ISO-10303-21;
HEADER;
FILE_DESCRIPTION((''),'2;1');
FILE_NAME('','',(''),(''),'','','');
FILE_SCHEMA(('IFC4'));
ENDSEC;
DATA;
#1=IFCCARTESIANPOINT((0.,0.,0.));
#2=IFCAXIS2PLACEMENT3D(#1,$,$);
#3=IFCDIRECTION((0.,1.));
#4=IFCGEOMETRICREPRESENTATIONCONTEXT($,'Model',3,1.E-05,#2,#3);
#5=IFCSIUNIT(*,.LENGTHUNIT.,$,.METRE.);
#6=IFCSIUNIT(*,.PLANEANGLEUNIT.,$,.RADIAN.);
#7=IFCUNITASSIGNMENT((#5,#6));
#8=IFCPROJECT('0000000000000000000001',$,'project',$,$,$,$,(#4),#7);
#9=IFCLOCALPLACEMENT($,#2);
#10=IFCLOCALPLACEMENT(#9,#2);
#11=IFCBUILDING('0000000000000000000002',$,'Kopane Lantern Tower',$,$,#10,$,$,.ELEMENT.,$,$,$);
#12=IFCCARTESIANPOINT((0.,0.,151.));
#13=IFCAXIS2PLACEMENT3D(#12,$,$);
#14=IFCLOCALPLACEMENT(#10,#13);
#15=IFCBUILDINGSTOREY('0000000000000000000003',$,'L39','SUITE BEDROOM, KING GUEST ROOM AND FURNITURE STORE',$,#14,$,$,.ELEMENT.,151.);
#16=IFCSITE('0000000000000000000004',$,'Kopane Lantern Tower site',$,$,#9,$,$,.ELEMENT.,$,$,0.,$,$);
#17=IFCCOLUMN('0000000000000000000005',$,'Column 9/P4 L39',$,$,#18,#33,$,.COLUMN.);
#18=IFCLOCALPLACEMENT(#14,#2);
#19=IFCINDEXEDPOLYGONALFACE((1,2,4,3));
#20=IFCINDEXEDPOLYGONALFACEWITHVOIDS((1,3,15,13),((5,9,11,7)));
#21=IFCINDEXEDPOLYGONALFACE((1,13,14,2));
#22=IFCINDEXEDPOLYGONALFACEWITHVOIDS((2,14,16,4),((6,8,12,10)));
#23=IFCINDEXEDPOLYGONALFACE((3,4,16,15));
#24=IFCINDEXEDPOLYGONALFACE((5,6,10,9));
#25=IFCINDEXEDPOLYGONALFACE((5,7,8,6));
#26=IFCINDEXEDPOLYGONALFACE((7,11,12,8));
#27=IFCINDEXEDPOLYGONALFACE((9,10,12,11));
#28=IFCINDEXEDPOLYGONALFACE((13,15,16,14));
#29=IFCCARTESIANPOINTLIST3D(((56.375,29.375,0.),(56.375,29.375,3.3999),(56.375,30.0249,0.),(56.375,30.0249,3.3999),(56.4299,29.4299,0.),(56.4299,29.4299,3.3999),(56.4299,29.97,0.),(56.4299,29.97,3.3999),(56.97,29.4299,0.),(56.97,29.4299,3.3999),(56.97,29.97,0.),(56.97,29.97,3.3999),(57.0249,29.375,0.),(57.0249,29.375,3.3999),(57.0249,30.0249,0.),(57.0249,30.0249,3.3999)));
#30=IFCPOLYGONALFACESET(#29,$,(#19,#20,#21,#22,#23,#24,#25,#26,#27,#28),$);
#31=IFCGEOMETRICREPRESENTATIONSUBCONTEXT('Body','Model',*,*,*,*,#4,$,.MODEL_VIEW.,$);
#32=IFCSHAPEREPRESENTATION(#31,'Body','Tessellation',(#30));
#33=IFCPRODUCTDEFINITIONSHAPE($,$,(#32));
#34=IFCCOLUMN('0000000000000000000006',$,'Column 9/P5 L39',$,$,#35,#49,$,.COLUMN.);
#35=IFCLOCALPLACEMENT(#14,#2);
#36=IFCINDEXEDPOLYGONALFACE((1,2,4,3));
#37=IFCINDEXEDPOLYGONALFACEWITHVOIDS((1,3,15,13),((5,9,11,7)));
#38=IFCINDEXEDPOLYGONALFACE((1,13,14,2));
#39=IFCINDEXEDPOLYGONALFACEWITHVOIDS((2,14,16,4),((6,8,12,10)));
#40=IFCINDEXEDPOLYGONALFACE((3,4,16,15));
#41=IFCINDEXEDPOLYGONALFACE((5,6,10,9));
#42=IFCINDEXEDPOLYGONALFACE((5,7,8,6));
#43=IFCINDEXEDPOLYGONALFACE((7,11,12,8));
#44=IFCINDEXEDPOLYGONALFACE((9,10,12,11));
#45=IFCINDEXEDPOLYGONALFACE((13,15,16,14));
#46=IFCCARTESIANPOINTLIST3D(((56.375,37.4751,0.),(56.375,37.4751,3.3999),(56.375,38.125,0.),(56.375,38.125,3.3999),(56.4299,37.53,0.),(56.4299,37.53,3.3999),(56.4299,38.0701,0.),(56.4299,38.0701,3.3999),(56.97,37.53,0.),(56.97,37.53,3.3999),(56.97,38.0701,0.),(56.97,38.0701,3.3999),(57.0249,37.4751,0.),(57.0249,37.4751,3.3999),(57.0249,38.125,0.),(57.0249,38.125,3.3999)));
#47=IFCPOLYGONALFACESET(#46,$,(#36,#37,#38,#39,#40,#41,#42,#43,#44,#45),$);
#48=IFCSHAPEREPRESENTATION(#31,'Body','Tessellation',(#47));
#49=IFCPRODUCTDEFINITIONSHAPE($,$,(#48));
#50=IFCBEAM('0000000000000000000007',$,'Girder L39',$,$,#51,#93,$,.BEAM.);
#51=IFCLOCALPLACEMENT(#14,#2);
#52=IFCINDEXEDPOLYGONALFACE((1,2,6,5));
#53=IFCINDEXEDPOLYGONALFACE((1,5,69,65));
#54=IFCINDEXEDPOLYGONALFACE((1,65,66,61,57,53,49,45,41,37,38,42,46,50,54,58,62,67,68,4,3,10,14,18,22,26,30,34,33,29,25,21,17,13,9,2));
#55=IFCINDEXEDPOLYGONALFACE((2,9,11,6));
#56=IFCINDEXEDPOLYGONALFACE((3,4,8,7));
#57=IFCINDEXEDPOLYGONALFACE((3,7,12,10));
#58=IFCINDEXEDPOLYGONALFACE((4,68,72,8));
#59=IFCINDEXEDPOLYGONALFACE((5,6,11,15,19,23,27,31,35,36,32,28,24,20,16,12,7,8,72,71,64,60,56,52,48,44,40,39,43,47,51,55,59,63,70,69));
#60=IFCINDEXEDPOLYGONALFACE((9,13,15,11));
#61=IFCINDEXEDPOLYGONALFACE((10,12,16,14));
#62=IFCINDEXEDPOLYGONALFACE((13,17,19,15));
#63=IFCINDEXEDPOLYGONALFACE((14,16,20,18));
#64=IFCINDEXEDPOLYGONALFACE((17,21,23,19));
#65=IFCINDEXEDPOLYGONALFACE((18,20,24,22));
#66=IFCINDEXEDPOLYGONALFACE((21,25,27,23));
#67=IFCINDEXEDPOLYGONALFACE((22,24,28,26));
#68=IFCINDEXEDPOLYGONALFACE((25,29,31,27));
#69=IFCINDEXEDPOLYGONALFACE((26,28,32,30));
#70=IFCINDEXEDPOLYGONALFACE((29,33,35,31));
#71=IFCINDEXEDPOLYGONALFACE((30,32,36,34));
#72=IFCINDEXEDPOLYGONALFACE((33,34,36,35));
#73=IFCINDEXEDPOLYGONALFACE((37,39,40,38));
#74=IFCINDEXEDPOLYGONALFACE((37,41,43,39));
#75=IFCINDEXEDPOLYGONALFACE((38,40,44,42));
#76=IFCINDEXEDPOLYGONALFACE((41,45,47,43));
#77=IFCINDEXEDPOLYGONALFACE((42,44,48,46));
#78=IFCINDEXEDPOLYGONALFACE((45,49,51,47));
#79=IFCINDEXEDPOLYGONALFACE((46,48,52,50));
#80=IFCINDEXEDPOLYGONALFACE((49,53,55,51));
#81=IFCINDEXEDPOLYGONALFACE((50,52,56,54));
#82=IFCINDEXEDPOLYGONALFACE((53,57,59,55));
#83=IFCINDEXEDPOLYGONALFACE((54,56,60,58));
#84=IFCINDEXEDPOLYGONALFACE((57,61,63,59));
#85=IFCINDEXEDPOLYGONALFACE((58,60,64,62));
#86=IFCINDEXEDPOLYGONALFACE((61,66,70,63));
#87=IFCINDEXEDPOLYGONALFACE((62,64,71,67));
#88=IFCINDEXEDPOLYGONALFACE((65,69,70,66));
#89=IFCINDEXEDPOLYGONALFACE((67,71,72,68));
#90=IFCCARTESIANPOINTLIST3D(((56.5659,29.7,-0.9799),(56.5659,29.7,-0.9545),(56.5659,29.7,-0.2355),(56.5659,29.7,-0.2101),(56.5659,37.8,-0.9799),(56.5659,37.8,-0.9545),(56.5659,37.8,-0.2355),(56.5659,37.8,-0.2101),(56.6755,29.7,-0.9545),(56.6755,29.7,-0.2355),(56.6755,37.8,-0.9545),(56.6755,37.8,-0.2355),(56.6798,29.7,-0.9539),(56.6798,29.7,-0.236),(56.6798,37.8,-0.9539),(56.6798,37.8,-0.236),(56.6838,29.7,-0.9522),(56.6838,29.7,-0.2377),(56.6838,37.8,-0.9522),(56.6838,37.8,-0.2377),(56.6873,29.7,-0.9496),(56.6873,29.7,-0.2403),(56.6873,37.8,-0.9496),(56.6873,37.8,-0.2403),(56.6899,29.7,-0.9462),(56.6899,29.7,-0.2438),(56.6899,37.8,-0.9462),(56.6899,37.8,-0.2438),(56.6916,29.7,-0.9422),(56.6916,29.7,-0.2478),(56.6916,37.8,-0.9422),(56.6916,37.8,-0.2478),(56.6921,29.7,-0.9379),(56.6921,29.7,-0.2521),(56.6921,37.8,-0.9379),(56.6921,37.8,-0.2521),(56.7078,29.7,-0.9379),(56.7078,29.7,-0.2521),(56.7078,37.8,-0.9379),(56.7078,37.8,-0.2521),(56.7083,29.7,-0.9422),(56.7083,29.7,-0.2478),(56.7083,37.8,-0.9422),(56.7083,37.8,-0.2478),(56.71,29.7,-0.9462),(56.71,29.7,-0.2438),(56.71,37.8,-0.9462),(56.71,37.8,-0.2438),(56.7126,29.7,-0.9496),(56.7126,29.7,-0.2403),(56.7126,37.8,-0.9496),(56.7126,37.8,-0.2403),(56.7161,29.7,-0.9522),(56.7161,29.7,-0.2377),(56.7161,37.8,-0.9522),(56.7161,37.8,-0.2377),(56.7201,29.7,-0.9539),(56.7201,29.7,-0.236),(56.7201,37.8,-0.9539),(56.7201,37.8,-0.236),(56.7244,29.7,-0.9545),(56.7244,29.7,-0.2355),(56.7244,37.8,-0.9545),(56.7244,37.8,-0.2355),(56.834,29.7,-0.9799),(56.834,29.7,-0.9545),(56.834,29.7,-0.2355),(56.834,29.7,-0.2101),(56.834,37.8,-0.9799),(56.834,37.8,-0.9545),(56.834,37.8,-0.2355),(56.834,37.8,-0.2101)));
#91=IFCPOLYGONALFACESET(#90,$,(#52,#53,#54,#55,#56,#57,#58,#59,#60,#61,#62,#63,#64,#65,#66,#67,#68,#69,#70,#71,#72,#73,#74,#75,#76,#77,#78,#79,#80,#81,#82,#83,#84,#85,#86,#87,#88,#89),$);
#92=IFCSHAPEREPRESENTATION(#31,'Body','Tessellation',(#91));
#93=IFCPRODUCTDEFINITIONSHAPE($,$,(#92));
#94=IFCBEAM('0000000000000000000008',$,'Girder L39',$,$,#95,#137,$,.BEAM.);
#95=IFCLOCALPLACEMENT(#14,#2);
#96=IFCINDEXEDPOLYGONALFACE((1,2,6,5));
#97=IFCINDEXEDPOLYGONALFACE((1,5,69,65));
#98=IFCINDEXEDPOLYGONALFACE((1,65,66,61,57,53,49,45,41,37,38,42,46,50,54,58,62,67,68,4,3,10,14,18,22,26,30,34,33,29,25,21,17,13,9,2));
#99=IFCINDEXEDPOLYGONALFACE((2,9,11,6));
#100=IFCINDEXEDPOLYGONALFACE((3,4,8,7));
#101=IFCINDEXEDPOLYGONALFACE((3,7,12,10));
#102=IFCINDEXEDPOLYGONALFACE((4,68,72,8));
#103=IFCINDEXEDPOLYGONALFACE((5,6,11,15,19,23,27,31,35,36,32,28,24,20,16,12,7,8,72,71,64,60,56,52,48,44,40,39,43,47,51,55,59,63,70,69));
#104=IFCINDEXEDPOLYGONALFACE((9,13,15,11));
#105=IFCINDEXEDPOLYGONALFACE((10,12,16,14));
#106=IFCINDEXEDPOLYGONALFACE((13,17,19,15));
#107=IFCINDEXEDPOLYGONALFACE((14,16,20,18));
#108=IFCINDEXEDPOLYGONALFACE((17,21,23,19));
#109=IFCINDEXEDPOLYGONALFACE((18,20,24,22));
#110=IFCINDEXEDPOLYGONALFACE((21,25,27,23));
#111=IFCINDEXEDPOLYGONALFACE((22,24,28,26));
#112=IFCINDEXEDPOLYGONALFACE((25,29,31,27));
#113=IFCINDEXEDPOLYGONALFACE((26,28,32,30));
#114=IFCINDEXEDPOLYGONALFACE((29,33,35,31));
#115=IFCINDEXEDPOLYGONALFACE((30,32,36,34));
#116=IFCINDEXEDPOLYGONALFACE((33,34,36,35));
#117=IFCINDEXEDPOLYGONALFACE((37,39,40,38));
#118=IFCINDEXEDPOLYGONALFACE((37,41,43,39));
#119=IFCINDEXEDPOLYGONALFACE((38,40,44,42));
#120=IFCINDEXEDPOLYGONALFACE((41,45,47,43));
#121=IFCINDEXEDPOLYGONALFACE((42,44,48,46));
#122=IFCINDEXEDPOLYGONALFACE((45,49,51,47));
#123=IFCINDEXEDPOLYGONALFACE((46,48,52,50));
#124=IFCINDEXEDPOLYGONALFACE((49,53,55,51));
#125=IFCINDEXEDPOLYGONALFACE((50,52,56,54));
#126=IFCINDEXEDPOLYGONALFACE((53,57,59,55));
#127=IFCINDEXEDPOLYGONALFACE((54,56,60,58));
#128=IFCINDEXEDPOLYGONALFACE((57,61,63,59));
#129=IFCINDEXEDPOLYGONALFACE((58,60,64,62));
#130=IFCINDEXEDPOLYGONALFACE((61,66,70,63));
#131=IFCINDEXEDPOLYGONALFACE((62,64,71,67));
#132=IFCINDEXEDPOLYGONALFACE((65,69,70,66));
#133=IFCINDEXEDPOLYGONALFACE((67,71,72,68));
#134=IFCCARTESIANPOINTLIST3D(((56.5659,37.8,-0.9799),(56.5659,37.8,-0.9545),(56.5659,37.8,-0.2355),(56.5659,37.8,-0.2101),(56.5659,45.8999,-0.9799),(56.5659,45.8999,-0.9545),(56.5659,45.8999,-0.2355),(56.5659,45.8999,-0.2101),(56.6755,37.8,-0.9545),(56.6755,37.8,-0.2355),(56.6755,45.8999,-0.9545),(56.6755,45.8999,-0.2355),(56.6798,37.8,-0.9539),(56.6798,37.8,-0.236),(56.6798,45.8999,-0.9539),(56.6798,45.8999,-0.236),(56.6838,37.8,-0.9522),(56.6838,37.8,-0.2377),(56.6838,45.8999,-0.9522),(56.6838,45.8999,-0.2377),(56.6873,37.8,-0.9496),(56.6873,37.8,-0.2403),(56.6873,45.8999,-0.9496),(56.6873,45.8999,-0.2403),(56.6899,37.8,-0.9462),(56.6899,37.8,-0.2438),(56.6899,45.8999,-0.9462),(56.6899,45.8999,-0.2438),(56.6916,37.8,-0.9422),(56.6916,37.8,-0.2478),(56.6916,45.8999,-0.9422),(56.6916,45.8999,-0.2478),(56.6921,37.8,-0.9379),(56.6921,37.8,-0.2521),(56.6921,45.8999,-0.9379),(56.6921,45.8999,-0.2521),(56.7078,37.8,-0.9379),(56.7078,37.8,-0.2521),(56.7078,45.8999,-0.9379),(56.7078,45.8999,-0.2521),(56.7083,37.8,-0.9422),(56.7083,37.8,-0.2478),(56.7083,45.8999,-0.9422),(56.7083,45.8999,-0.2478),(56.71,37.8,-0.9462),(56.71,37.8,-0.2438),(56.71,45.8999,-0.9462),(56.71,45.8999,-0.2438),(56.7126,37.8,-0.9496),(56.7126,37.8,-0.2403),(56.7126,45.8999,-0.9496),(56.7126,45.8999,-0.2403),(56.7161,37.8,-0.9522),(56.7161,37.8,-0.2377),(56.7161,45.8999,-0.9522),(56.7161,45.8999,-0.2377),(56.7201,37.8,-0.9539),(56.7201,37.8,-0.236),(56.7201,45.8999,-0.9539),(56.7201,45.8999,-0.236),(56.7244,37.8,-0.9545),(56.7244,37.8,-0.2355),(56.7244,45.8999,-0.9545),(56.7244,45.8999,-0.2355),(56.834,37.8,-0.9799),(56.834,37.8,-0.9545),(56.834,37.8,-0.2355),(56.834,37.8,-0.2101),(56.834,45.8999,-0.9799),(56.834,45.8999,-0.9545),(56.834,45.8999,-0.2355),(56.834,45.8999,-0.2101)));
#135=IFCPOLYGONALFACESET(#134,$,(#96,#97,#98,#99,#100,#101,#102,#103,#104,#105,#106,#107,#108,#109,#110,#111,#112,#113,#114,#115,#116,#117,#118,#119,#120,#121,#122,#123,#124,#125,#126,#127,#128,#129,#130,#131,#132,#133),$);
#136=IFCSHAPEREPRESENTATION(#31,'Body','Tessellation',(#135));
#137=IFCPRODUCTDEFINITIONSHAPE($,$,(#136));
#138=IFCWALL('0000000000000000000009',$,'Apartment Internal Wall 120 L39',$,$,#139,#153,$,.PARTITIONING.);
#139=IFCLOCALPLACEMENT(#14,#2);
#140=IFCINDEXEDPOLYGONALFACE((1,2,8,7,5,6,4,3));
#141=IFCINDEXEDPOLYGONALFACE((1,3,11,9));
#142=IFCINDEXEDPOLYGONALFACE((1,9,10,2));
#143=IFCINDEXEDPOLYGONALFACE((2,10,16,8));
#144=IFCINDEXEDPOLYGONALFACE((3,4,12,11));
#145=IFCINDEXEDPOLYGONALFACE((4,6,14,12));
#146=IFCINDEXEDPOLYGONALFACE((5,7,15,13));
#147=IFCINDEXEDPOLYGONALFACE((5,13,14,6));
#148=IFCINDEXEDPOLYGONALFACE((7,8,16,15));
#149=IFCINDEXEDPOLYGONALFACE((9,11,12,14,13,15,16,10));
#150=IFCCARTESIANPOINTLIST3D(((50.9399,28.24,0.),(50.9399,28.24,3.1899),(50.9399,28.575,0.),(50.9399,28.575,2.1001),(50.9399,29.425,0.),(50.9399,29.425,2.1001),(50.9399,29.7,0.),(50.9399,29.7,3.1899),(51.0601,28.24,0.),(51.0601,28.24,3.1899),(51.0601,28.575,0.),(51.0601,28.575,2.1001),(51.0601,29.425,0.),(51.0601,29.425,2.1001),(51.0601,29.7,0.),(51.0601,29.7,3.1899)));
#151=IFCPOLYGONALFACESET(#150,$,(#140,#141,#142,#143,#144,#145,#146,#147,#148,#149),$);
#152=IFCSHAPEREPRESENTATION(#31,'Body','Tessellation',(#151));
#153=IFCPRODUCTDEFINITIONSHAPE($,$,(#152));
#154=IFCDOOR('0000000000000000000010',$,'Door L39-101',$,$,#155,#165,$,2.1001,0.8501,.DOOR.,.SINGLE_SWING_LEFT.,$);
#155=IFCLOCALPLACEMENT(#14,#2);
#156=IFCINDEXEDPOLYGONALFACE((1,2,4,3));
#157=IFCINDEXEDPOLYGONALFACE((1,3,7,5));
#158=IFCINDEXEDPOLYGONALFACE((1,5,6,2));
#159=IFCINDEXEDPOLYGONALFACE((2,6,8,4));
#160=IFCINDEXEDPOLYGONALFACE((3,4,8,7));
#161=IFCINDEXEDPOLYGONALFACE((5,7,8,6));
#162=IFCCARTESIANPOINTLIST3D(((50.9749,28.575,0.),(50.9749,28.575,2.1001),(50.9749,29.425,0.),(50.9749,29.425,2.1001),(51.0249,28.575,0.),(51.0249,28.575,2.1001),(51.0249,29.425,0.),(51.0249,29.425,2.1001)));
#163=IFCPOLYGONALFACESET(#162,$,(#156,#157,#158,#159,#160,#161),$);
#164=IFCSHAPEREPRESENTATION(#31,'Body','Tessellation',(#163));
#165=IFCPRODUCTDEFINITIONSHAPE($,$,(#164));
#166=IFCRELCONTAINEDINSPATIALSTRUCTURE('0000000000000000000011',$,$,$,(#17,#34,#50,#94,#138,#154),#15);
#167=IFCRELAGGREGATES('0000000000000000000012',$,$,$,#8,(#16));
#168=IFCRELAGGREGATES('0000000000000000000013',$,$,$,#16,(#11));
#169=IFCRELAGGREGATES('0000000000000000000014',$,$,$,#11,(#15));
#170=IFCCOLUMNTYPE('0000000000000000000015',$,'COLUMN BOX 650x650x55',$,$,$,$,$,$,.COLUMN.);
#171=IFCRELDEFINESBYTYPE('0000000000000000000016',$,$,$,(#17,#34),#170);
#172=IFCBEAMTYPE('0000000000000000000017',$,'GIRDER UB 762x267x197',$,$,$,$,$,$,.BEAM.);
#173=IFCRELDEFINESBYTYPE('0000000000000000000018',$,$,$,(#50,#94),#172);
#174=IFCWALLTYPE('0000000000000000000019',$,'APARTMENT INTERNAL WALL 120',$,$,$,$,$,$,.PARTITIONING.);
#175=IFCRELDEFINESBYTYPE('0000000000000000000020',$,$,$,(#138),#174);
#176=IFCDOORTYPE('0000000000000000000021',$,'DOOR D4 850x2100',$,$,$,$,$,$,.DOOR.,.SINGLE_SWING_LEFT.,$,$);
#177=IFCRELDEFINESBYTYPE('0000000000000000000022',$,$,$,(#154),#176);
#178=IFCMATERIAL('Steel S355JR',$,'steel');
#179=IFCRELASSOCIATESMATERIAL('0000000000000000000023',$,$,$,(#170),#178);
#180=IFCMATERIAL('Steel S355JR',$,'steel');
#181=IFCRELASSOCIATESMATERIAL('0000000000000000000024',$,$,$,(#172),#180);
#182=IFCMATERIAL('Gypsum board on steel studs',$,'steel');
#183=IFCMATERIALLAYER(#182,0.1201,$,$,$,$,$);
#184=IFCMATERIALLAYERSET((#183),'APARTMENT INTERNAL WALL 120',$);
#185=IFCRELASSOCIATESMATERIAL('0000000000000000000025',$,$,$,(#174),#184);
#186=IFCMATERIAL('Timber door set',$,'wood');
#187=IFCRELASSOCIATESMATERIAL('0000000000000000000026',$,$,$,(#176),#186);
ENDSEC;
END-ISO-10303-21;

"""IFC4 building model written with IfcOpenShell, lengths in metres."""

from ifc_helpers import new_model, si_unit, direction, frame, frame_2d, origin, origin_2d, place, context, subcontext, project, spatial, rectangle, hollow_rectangle, i_section, extrude, material, layer, layer_set, material_profile, profile_set, type_object, element, fill, save


model = new_model("IFC4")

# Units and contexts
model_context = context("Model", 3, precision=1e-05, world=origin(), true_north=direction((0.0, 1.0)))
body_context = subcontext(model_context, "Body", "Model", "MODEL_VIEW")
ifc_project = project(units=[si_unit("LENGTHUNIT", "METRE"), si_unit("PLANEANGLEUNIT", "RADIAN")], contexts=[model_context])

# Site, building, storey
site_placement = place(None, origin())
site = spatial("IfcSite", under=ifc_project, at=site_placement, Name="Kopane Lantern Tower site", CompositionType="ELEMENT", RefElevation=0.0)
building_placement = place(site_placement, origin())
building = spatial("IfcBuilding", under=site, at=building_placement, Name="Kopane Lantern Tower", CompositionType="ELEMENT")
storey_placement = place(building_placement, frame((0.0, 0.0, 151.0)))
storey = spatial("IfcBuildingStorey", under=building, at=storey_placement, Name="L39", Description="SUITE BEDROOM, KING GUEST ROOM AND FURNITURE STORE", CompositionType="ELEMENT", Elevation=151.0)

# Columns
ifc_material_1 = material(Name="Steel S355JR", Category="steel")
ifc_material_profile_1 = material_profile(ifc_material_1, hollow_rectangle(XDim=0.6499, YDim=0.6499, WallThickness=0.0549, at=origin_2d()), Name="BOX 650x650x55")
ifc_profile_set_1 = profile_set([ifc_material_profile_1], Name="Steel S355JR")
column_type = type_object("IfcColumnType", Name="COLUMN BOX 650x650x55", PredefinedType="COLUMN", material=ifc_profile_set_1)
for number, where, z_axis, x_axis, name in (
    (1, (56.7, 29.7, 0.0), (0.0, 0.0, 1.0), (1.0, 0.0, 0.0), "Column 9/P4 L39"),
    (2, (56.7, 37.8, 0.0), (0.0, 0.0, 1.0), (1.0, 0.0, 0.0), "Column 9/P5 L39"),
):
    element("IfcColumn", number, at=place(storey_placement, frame(where, z_axis=z_axis, x_axis=x_axis)), inside=storey, type_object=column_type, Name=name, PredefinedType="COLUMN", context=body_context, shape_type="SweptSolid", body=[
        extrude(hollow_rectangle(XDim=0.6499, YDim=0.6499, WallThickness=0.0549, at=origin_2d()), origin(), (0.0, 0.0, 1.0), 3.3999),
    ])

# Beams
ifc_material_2 = material(Name="Steel S355JR", Category="steel")
ifc_material_profile_2 = material_profile(ifc_material_2, i_section(OverallWidth=0.2681, OverallDepth=0.7698, WebThickness=0.0156, FlangeThickness=0.0254, FilletRadius=0.0166, at=origin_2d()), Name="UB 762x267x197")
ifc_profile_set_2 = profile_set([ifc_material_profile_2], Name="Steel S355JR")
beam_type = type_object("IfcBeamType", Name="GIRDER UB 762x267x197", PredefinedType="BEAM", material=ifc_profile_set_2)
beam_1_placement = place(storey_placement, frame((56.7, 29.7, -0.595), z_axis=(0.0, 1.0, 0.0), x_axis=(-1.0, 0.0, 0.0)))
element("IfcBeam", 3, at=beam_1_placement, inside=storey, type_object=beam_type, Name="Girder L39", PredefinedType="BEAM", context=body_context, shape_type="SweptSolid", body=[
    extrude(i_section(OverallWidth=0.2681, OverallDepth=0.7698, WebThickness=0.0156, FlangeThickness=0.0254, FilletRadius=0.0166, at=origin_2d()), origin(), (0.0, 0.0, 1.0), 8.1001),
])
beam_2_placement = place(storey_placement, frame((56.7, 37.8, -0.595), z_axis=(0.0, 1.0, 0.0), x_axis=(-1.0, 0.0, 0.0)))
element("IfcBeam", 4, at=beam_2_placement, inside=storey, type_object=beam_type, Name="Girder L39", PredefinedType="BEAM", context=body_context, shape_type="SweptSolid", body=[
    extrude(i_section(OverallWidth=0.2681, OverallDepth=0.7698, WebThickness=0.0156, FlangeThickness=0.0254, FilletRadius=0.0166, at=origin_2d()), origin(), (0.0, 0.0, 1.0), 8.0999),
])

# Wall, opening, door
ifc_material_3 = material(Name="Gypsum board on steel studs", Category="steel")
ifc_layer_1 = layer(ifc_material_3, 0.1201)
ifc_layer_set_1 = layer_set([ifc_layer_1], Name="APARTMENT INTERNAL WALL 120")
wall_type_1 = type_object("IfcWallType", Name="APARTMENT INTERNAL WALL 120", PredefinedType="PARTITIONING", material=ifc_layer_set_1)
wall_1_placement = place(storey_placement, frame((51.0, 29.7, 0.0), z_axis=(0.0, 0.0, 1.0), x_axis=(0.0, -1.0, 0.0)))
wall_1 = element("IfcWall", 5, at=wall_1_placement, inside=storey, type_object=wall_type_1, Name="Apartment Internal Wall 120 L39", PredefinedType="PARTITIONING", context=body_context, shape_type="SweptSolid", body=[
    extrude(rectangle(XDim=1.46, YDim=0.1201, at=frame_2d((0.73, 0.0))), origin(), (0.0, 0.0, 1.0), 3.1899),
])
opening_1_placement = place(wall_1_placement, frame((0.2749, 0.0, 0.0)))
opening_1 = element("IfcOpeningElement", 6, at=opening_1_placement, cuts=wall_1, PredefinedType="OPENING", context=body_context, shape_type="SweptSolid", body=[
    extrude(rectangle(XDim=0.8501, YDim=2.1001, at=frame_2d((0.425, 1.05))), frame((0.0, 0.0701, 0.0), z_axis=(0.0, -1.0, 0.0), x_axis=(1.0, 0.0, 0.0)), (0.0, 0.0, 1.0), 0.1401),
])
ifc_material_4 = material(Name="Timber door set", Category="wood")
door_type_1 = type_object("IfcDoorType", Name="DOOR D4 850x2100", OperationType="SINGLE_SWING_LEFT", PredefinedType="DOOR", material=ifc_material_4)
door_1_placement = place(opening_1_placement, origin())
door_1 = element("IfcDoor", 7, at=door_1_placement, inside=storey, type_object=door_type_1, Name="Door L39-101", OperationType="SINGLE_SWING_LEFT", OverallHeight=2.1001, OverallWidth=0.8501, PredefinedType="DOOR", context=body_context, shape_type="SweptSolid", body=[
    extrude(rectangle(XDim=0.8501, YDim=2.1001, at=frame_2d((0.425, 1.05))), frame((0.0, 0.0249, 0.0), z_axis=(0.0, -1.0, 0.0), x_axis=(1.0, 0.0, 0.0)), (0.0, 0.0, 1.0), 0.05),
])
fill(opening_1, door_1)

save(model, "model.ifc")
